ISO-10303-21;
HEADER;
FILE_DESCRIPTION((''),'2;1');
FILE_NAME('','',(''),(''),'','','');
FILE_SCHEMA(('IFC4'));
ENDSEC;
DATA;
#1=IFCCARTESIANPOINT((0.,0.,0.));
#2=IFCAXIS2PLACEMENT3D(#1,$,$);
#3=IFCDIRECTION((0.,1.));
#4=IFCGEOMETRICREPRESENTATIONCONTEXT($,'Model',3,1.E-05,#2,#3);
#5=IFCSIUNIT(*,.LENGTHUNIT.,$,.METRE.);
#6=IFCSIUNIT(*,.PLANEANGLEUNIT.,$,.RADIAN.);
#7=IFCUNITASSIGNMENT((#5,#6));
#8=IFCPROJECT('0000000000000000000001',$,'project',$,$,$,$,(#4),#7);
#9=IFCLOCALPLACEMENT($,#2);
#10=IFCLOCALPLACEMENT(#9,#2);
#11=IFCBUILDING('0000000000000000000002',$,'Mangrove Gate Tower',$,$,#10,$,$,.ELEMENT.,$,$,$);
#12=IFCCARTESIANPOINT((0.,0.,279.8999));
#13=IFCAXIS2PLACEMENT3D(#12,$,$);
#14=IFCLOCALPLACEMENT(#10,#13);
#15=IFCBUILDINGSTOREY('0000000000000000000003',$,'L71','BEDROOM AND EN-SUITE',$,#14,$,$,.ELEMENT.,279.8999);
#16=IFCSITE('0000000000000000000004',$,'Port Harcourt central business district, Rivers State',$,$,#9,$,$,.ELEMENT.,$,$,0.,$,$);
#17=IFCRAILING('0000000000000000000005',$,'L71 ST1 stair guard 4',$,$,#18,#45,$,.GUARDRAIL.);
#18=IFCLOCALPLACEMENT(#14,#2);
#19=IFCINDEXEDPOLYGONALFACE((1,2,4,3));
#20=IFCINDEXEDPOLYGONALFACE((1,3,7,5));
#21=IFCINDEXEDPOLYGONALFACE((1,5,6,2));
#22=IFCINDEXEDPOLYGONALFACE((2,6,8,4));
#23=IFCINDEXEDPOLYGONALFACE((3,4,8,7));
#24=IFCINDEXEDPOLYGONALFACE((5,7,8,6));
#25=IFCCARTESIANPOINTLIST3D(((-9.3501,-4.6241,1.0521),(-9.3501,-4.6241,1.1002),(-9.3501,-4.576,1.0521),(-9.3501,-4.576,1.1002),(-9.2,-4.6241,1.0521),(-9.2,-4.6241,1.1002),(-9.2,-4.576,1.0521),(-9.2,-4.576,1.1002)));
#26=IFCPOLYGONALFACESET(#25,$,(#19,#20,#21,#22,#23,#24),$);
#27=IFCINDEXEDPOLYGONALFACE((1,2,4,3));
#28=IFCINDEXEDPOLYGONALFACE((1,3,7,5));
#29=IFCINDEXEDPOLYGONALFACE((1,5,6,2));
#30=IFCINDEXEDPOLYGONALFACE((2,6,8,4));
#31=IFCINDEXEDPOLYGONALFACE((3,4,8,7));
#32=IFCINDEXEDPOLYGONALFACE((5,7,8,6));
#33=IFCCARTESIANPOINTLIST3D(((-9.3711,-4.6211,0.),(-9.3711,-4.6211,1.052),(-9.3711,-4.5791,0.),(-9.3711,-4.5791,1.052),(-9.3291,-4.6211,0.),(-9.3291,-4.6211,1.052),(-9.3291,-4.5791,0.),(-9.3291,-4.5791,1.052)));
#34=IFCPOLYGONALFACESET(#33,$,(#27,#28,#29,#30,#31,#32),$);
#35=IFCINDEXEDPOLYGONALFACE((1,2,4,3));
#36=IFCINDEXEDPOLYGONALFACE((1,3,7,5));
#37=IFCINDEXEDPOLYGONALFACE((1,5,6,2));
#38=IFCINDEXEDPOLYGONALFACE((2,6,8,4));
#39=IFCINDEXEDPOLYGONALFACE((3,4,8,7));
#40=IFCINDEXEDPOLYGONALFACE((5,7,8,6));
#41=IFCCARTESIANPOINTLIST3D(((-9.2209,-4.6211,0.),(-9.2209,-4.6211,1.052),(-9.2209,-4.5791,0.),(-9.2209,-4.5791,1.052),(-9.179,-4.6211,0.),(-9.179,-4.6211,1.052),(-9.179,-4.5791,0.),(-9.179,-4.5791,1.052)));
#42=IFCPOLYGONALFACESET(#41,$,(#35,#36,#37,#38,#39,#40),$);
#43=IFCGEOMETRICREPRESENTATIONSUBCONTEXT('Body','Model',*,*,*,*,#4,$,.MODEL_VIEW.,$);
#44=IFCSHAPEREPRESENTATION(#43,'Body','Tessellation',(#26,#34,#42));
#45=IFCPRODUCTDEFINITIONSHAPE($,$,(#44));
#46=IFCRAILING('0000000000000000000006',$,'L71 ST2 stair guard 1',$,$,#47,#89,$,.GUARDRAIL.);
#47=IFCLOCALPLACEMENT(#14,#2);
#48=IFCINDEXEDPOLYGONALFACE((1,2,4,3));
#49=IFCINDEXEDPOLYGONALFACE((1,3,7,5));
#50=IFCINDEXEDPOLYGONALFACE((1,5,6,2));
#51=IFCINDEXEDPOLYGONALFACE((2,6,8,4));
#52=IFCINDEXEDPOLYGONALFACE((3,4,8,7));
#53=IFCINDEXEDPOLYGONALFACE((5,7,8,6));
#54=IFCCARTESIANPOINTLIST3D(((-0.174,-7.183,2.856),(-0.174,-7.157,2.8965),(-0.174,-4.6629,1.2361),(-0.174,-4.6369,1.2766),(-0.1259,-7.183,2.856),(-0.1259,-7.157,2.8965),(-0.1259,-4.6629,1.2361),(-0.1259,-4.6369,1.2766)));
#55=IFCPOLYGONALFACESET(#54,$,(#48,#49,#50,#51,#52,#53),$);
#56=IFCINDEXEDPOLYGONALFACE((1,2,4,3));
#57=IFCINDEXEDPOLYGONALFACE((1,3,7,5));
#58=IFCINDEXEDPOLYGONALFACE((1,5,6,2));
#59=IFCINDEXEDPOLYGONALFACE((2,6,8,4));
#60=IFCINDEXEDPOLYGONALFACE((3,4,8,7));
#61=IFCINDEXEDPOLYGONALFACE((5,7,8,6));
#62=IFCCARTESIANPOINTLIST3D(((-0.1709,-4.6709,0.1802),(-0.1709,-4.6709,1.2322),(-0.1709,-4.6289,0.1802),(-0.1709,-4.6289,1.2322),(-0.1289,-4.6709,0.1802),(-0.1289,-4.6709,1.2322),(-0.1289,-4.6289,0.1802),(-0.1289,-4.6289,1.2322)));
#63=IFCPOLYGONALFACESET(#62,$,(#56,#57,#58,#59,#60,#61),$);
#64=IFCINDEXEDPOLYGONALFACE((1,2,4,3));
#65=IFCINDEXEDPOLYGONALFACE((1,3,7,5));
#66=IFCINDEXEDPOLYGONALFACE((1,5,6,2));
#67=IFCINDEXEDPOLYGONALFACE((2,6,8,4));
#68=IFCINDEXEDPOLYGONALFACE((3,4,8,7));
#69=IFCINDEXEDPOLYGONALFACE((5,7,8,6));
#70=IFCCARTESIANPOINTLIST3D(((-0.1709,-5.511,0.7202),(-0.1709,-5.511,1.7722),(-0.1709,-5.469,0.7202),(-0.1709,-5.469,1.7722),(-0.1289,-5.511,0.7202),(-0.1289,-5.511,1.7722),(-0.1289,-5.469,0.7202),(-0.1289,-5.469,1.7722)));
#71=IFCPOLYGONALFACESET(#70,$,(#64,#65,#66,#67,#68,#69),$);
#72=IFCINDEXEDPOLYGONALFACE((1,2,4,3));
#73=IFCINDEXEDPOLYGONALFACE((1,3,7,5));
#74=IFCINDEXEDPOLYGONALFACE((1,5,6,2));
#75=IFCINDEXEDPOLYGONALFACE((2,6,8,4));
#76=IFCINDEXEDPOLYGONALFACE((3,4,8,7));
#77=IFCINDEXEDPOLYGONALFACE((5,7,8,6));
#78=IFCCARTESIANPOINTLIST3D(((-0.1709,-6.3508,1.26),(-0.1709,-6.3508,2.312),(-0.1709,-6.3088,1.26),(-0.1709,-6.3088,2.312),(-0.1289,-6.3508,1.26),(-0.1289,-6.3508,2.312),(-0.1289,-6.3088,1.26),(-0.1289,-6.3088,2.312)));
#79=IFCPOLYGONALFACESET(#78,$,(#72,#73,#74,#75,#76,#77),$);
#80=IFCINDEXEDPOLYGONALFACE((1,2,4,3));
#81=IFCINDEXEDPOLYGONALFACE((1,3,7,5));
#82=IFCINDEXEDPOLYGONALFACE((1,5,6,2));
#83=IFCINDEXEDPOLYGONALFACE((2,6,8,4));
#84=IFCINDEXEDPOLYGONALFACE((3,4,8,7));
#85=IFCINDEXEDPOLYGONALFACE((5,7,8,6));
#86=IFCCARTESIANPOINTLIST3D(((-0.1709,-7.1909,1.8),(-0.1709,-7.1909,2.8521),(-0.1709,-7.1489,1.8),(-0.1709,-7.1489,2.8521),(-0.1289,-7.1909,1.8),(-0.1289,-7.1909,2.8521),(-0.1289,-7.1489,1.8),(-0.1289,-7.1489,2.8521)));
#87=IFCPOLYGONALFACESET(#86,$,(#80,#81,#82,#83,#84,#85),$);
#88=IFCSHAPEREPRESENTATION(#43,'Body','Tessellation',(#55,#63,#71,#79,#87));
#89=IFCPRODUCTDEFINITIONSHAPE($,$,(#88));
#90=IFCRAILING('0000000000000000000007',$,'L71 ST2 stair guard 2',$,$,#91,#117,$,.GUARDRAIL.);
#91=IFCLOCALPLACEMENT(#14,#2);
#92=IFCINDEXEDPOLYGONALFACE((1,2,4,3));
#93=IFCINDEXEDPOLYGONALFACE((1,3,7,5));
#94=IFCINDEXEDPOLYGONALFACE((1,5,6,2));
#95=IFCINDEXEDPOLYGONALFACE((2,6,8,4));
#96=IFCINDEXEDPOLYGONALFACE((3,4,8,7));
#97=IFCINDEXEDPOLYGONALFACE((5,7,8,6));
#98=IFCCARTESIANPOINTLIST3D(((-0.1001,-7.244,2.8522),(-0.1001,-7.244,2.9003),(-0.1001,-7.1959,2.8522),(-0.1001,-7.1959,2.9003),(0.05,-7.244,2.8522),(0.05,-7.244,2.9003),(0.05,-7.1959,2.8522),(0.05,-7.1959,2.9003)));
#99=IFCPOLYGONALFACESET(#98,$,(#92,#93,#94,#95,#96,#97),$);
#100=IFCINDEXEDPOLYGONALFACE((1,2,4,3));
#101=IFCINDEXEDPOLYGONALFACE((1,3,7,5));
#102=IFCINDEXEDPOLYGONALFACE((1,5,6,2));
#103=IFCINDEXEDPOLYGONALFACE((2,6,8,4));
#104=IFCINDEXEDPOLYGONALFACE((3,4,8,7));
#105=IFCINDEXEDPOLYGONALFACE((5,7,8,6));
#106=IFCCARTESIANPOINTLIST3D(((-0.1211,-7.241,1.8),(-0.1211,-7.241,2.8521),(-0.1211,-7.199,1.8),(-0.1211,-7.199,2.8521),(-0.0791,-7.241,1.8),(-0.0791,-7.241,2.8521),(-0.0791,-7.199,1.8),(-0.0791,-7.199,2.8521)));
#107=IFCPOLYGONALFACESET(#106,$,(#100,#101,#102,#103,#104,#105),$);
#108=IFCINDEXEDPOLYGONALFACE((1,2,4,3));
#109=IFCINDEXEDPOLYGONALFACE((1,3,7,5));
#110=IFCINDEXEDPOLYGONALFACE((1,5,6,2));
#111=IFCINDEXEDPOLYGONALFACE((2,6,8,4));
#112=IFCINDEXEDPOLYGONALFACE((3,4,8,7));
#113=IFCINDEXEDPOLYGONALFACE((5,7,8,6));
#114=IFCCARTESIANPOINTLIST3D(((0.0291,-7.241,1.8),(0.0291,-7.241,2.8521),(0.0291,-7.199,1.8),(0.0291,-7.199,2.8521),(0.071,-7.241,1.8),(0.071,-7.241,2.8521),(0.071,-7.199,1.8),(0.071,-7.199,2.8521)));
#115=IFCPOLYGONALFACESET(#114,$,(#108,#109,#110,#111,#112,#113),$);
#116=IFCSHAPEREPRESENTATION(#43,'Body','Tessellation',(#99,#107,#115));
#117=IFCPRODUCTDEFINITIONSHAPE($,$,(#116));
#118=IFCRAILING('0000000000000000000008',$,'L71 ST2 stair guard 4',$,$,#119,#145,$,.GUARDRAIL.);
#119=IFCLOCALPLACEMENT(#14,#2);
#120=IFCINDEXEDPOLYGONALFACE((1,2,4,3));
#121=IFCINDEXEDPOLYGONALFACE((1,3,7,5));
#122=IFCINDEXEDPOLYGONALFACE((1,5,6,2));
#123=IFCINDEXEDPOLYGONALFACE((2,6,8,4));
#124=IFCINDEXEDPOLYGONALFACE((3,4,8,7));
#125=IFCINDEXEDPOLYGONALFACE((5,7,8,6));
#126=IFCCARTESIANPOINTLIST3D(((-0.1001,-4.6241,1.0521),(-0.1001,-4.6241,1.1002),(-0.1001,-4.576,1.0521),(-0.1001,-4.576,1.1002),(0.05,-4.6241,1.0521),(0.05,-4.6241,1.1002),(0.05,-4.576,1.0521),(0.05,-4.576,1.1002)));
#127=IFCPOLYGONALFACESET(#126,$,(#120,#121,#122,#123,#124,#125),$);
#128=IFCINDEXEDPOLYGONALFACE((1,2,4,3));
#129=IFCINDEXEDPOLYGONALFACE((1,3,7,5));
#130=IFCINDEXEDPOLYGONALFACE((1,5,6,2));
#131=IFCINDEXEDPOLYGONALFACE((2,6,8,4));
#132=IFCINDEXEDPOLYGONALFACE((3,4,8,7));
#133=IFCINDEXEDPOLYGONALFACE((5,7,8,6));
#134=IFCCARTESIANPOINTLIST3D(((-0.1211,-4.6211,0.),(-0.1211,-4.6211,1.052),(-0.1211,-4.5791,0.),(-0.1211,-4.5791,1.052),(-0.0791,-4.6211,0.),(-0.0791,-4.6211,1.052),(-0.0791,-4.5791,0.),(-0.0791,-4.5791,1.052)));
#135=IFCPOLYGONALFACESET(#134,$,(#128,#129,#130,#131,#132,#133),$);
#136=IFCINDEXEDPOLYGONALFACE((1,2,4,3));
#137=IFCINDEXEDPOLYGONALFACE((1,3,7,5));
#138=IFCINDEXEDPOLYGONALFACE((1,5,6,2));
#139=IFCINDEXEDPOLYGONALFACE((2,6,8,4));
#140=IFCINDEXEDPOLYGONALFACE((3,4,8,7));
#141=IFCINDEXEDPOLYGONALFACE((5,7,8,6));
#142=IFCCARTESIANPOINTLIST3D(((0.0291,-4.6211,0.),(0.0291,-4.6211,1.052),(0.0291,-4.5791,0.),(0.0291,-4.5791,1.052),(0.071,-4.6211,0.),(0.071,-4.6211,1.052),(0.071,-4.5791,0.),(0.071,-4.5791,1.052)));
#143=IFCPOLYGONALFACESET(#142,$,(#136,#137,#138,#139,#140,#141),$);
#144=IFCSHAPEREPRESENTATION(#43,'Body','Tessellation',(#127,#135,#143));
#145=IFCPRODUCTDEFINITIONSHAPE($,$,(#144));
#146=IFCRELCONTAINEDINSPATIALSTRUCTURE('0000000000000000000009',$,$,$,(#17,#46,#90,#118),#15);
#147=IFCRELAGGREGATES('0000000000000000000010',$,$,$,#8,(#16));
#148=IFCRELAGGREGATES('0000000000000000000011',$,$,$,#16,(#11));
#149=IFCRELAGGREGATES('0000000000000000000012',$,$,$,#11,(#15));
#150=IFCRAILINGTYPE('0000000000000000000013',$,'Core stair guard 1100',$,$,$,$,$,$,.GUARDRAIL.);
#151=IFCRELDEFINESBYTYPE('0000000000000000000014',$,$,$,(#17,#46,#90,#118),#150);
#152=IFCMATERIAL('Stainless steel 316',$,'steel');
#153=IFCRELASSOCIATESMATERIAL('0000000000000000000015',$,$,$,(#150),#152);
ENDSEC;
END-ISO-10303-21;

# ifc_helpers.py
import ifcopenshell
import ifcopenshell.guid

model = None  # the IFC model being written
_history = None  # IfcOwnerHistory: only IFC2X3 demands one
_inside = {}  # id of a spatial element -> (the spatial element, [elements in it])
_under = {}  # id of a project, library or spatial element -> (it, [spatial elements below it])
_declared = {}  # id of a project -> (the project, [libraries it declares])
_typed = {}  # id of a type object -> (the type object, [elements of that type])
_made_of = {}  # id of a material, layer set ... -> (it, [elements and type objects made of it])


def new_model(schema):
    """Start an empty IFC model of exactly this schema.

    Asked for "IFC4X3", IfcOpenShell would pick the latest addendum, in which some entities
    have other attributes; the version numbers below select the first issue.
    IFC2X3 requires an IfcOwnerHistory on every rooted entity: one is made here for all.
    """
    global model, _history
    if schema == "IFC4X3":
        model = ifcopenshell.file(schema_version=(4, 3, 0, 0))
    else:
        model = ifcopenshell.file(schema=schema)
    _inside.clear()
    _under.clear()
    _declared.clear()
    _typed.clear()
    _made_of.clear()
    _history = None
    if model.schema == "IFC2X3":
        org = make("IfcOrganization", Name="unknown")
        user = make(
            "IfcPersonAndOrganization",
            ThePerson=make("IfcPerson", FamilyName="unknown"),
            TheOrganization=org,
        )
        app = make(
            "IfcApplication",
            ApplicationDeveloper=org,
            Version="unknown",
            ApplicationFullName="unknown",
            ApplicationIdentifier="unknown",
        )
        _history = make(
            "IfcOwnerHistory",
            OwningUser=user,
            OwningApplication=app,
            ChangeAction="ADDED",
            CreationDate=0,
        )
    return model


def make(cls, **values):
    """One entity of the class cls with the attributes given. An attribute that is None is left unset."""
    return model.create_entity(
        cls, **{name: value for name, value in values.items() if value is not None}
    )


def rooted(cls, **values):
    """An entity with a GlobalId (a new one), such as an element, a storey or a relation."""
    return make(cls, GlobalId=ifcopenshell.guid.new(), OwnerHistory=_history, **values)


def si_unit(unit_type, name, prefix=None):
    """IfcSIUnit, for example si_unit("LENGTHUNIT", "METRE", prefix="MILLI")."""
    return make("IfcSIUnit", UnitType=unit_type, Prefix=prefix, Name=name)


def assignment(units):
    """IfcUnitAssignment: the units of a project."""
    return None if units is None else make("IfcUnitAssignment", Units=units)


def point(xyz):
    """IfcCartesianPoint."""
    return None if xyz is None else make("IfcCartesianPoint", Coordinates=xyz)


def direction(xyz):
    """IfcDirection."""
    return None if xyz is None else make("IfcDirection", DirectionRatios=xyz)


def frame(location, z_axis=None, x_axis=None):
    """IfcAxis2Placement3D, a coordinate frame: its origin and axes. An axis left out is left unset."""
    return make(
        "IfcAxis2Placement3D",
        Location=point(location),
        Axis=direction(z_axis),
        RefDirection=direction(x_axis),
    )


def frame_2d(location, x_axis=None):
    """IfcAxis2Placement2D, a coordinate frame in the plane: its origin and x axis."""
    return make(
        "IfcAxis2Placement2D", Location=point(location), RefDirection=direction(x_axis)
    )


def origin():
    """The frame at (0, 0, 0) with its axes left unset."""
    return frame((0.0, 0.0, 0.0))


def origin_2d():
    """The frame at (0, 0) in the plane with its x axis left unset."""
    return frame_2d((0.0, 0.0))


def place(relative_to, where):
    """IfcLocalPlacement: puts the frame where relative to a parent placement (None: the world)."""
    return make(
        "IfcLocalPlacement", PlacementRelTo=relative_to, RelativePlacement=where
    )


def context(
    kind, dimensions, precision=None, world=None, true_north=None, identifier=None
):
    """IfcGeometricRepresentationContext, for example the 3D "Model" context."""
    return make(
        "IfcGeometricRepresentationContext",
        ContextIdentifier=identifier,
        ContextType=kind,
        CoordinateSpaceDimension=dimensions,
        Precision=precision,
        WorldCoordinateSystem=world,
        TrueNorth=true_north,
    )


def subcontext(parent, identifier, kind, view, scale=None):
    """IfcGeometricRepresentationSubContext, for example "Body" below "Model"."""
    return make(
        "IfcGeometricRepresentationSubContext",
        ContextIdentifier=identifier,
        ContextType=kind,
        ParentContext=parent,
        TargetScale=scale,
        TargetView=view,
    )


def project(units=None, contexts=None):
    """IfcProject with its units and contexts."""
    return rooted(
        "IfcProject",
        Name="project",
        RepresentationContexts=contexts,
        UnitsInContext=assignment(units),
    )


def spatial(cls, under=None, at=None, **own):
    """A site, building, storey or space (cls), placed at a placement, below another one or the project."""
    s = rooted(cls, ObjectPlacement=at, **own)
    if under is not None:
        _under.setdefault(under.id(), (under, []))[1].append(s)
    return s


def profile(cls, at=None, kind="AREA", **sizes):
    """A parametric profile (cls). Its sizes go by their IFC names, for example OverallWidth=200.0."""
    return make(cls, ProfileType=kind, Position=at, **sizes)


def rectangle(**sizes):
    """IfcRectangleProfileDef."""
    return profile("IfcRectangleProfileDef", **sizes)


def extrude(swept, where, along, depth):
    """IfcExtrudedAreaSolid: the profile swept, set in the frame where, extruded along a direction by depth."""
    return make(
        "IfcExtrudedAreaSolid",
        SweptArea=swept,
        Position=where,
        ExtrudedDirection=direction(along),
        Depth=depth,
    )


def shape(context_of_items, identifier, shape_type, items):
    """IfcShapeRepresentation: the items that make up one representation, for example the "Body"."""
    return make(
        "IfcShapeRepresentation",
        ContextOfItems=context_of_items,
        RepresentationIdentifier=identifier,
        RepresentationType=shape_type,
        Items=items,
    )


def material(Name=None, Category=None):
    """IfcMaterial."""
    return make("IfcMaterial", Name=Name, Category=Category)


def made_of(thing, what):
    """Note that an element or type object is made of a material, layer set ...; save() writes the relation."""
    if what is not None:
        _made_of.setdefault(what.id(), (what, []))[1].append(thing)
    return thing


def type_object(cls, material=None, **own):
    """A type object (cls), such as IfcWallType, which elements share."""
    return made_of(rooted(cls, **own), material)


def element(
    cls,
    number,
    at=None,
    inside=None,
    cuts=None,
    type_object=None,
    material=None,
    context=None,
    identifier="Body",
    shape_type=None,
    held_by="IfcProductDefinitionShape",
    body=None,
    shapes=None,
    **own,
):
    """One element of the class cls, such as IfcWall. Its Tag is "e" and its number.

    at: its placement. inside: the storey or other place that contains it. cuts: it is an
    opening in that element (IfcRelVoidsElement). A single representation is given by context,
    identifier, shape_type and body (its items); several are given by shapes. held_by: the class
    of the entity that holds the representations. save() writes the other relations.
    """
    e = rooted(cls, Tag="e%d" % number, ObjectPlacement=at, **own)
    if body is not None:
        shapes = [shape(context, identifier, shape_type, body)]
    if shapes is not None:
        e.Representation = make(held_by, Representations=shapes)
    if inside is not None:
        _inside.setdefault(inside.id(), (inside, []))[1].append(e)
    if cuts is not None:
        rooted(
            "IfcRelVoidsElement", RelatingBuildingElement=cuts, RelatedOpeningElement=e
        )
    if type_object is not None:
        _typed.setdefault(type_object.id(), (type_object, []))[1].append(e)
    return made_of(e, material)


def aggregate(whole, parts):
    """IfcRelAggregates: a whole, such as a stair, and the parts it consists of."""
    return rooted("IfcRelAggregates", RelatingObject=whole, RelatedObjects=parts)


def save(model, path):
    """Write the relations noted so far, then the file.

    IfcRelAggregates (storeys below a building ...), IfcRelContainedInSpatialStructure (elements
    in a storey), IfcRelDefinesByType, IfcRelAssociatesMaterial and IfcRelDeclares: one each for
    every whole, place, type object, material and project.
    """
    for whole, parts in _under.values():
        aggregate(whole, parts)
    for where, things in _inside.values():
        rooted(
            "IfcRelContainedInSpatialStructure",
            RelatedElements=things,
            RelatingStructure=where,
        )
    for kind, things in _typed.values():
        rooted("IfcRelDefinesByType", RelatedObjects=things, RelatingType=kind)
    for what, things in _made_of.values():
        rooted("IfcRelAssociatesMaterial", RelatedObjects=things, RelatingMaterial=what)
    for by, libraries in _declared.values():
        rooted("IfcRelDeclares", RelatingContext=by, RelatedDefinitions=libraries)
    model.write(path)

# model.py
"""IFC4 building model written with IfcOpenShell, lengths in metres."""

from ifc_helpers import new_model, si_unit, direction, frame, origin, origin_2d, place, context, subcontext, project, spatial, rectangle, extrude, material, type_object, element, save


model = new_model("IFC4")

# Units and contexts
model_context = context("Model", 3, precision=1e-05, world=origin(), true_north=direction((0.0, 1.0)))
body_context = subcontext(model_context, "Body", "Model", "MODEL_VIEW")
ifc_project = project(units=[si_unit("LENGTHUNIT", "METRE"), si_unit("PLANEANGLEUNIT", "RADIAN")], contexts=[model_context])

# Site, building, storey
site_placement = place(None, origin())
site = spatial("IfcSite", under=ifc_project, at=site_placement, Name="Port Harcourt central business district, Rivers State", CompositionType="ELEMENT", RefElevation=0.0)
building_placement = place(site_placement, origin())
building = spatial("IfcBuilding", under=site, at=building_placement, Name="Mangrove Gate Tower", CompositionType="ELEMENT")
storey_placement = place(building_placement, frame((0.0, 0.0, 279.8999)))
storey = spatial("IfcBuildingStorey", under=building, at=storey_placement, Name="L71", Description="BEDROOM AND EN-SUITE", CompositionType="ELEMENT", Elevation=279.8999)

# Railings
ifc_material_1 = material(Name="Stainless steel 316", Category="steel")
railing_type_1 = type_object("IfcRailingType", Name="Core stair guard 1100", PredefinedType="GUARDRAIL", material=ifc_material_1)
railing_1_placement = place(storey_placement, frame((-9.3501, -4.6001, 0.0)))
element("IfcRailing", 1, at=railing_1_placement, inside=storey, type_object=railing_type_1, Name="L71 ST1 stair guard 4", PredefinedType="GUARDRAIL", context=body_context, shape_type="SweptSolid", body=[
    extrude(rectangle(XDim=0.0481, YDim=0.0481, at=origin_2d()), frame((0.0, 0.0, 1.0762), z_axis=(1.0, 0.0, 0.0), x_axis=(0.0, 1.0, 0.0)), (0.0, 0.0, 1.0), 0.1501),
    extrude(rectangle(XDim=0.042, YDim=0.042, at=origin_2d()), origin(), (0.0, 0.0, 1.0), 1.052),
    extrude(rectangle(XDim=0.042, YDim=0.042, at=origin_2d()), frame((0.1501, 0.0, 0.0)), (0.0, 0.0, 1.0), 1.052),
])
railing_2_placement = place(storey_placement, frame((-0.1499, -4.6499, 0.1802)))
element("IfcRailing", 2, at=railing_2_placement, inside=storey, type_object=railing_type_1, Name="L71 ST2 stair guard 1", PredefinedType="GUARDRAIL", context=body_context, shape_type="SweptSolid", body=[
    extrude(rectangle(XDim=0.0481, YDim=0.0481, at=origin_2d()), frame((0.0, 0.0, 1.0762), z_axis=(0.0, -0.8412, 0.540725), x_axis=(1.0, 0.0, 0.0)), (0.0, 0.0, 1.0), 2.9958),
    extrude(rectangle(XDim=0.042, YDim=0.042, at=origin_2d()), origin(), (0.0, 0.0, 1.0), 1.052),
    extrude(rectangle(XDim=0.042, YDim=0.042, at=origin_2d()), frame((0.0, -0.8401, 0.54)), (0.0, 0.0, 1.0), 1.052),
    extrude(rectangle(XDim=0.042, YDim=0.042, at=origin_2d()), frame((0.0, -1.6799, 1.0798)), (0.0, 0.0, 1.0), 1.052),
    extrude(rectangle(XDim=0.042, YDim=0.042, at=origin_2d()), frame((0.0, -2.52, 1.6199)), (0.0, 0.0, 1.0), 1.052),
])
for number, where, name in (
    (3, (-0.1001, -7.22, 1.8), "L71 ST2 stair guard 2"),
    (4, (-0.1001, -4.6001, 0.0), "L71 ST2 stair guard 4"),
):
    element("IfcRailing", number, at=place(storey_placement, frame(where)), inside=storey, type_object=railing_type_1, Name=name, PredefinedType="GUARDRAIL", context=body_context, shape_type="SweptSolid", body=[
        extrude(rectangle(XDim=0.0481, YDim=0.0481, at=origin_2d()), frame((0.0, 0.0, 1.0762), z_axis=(1.0, 0.0, 0.0), x_axis=(0.0, 1.0, 0.0)), (0.0, 0.0, 1.0), 0.1501),
        extrude(rectangle(XDim=0.042, YDim=0.042, at=origin_2d()), origin(), (0.0, 0.0, 1.0), 1.052),
        extrude(rectangle(XDim=0.042, YDim=0.042, at=origin_2d()), frame((0.1501, 0.0, 0.0)), (0.0, 0.0, 1.0), 1.052),
    ])

save(model, "model.ifc")
